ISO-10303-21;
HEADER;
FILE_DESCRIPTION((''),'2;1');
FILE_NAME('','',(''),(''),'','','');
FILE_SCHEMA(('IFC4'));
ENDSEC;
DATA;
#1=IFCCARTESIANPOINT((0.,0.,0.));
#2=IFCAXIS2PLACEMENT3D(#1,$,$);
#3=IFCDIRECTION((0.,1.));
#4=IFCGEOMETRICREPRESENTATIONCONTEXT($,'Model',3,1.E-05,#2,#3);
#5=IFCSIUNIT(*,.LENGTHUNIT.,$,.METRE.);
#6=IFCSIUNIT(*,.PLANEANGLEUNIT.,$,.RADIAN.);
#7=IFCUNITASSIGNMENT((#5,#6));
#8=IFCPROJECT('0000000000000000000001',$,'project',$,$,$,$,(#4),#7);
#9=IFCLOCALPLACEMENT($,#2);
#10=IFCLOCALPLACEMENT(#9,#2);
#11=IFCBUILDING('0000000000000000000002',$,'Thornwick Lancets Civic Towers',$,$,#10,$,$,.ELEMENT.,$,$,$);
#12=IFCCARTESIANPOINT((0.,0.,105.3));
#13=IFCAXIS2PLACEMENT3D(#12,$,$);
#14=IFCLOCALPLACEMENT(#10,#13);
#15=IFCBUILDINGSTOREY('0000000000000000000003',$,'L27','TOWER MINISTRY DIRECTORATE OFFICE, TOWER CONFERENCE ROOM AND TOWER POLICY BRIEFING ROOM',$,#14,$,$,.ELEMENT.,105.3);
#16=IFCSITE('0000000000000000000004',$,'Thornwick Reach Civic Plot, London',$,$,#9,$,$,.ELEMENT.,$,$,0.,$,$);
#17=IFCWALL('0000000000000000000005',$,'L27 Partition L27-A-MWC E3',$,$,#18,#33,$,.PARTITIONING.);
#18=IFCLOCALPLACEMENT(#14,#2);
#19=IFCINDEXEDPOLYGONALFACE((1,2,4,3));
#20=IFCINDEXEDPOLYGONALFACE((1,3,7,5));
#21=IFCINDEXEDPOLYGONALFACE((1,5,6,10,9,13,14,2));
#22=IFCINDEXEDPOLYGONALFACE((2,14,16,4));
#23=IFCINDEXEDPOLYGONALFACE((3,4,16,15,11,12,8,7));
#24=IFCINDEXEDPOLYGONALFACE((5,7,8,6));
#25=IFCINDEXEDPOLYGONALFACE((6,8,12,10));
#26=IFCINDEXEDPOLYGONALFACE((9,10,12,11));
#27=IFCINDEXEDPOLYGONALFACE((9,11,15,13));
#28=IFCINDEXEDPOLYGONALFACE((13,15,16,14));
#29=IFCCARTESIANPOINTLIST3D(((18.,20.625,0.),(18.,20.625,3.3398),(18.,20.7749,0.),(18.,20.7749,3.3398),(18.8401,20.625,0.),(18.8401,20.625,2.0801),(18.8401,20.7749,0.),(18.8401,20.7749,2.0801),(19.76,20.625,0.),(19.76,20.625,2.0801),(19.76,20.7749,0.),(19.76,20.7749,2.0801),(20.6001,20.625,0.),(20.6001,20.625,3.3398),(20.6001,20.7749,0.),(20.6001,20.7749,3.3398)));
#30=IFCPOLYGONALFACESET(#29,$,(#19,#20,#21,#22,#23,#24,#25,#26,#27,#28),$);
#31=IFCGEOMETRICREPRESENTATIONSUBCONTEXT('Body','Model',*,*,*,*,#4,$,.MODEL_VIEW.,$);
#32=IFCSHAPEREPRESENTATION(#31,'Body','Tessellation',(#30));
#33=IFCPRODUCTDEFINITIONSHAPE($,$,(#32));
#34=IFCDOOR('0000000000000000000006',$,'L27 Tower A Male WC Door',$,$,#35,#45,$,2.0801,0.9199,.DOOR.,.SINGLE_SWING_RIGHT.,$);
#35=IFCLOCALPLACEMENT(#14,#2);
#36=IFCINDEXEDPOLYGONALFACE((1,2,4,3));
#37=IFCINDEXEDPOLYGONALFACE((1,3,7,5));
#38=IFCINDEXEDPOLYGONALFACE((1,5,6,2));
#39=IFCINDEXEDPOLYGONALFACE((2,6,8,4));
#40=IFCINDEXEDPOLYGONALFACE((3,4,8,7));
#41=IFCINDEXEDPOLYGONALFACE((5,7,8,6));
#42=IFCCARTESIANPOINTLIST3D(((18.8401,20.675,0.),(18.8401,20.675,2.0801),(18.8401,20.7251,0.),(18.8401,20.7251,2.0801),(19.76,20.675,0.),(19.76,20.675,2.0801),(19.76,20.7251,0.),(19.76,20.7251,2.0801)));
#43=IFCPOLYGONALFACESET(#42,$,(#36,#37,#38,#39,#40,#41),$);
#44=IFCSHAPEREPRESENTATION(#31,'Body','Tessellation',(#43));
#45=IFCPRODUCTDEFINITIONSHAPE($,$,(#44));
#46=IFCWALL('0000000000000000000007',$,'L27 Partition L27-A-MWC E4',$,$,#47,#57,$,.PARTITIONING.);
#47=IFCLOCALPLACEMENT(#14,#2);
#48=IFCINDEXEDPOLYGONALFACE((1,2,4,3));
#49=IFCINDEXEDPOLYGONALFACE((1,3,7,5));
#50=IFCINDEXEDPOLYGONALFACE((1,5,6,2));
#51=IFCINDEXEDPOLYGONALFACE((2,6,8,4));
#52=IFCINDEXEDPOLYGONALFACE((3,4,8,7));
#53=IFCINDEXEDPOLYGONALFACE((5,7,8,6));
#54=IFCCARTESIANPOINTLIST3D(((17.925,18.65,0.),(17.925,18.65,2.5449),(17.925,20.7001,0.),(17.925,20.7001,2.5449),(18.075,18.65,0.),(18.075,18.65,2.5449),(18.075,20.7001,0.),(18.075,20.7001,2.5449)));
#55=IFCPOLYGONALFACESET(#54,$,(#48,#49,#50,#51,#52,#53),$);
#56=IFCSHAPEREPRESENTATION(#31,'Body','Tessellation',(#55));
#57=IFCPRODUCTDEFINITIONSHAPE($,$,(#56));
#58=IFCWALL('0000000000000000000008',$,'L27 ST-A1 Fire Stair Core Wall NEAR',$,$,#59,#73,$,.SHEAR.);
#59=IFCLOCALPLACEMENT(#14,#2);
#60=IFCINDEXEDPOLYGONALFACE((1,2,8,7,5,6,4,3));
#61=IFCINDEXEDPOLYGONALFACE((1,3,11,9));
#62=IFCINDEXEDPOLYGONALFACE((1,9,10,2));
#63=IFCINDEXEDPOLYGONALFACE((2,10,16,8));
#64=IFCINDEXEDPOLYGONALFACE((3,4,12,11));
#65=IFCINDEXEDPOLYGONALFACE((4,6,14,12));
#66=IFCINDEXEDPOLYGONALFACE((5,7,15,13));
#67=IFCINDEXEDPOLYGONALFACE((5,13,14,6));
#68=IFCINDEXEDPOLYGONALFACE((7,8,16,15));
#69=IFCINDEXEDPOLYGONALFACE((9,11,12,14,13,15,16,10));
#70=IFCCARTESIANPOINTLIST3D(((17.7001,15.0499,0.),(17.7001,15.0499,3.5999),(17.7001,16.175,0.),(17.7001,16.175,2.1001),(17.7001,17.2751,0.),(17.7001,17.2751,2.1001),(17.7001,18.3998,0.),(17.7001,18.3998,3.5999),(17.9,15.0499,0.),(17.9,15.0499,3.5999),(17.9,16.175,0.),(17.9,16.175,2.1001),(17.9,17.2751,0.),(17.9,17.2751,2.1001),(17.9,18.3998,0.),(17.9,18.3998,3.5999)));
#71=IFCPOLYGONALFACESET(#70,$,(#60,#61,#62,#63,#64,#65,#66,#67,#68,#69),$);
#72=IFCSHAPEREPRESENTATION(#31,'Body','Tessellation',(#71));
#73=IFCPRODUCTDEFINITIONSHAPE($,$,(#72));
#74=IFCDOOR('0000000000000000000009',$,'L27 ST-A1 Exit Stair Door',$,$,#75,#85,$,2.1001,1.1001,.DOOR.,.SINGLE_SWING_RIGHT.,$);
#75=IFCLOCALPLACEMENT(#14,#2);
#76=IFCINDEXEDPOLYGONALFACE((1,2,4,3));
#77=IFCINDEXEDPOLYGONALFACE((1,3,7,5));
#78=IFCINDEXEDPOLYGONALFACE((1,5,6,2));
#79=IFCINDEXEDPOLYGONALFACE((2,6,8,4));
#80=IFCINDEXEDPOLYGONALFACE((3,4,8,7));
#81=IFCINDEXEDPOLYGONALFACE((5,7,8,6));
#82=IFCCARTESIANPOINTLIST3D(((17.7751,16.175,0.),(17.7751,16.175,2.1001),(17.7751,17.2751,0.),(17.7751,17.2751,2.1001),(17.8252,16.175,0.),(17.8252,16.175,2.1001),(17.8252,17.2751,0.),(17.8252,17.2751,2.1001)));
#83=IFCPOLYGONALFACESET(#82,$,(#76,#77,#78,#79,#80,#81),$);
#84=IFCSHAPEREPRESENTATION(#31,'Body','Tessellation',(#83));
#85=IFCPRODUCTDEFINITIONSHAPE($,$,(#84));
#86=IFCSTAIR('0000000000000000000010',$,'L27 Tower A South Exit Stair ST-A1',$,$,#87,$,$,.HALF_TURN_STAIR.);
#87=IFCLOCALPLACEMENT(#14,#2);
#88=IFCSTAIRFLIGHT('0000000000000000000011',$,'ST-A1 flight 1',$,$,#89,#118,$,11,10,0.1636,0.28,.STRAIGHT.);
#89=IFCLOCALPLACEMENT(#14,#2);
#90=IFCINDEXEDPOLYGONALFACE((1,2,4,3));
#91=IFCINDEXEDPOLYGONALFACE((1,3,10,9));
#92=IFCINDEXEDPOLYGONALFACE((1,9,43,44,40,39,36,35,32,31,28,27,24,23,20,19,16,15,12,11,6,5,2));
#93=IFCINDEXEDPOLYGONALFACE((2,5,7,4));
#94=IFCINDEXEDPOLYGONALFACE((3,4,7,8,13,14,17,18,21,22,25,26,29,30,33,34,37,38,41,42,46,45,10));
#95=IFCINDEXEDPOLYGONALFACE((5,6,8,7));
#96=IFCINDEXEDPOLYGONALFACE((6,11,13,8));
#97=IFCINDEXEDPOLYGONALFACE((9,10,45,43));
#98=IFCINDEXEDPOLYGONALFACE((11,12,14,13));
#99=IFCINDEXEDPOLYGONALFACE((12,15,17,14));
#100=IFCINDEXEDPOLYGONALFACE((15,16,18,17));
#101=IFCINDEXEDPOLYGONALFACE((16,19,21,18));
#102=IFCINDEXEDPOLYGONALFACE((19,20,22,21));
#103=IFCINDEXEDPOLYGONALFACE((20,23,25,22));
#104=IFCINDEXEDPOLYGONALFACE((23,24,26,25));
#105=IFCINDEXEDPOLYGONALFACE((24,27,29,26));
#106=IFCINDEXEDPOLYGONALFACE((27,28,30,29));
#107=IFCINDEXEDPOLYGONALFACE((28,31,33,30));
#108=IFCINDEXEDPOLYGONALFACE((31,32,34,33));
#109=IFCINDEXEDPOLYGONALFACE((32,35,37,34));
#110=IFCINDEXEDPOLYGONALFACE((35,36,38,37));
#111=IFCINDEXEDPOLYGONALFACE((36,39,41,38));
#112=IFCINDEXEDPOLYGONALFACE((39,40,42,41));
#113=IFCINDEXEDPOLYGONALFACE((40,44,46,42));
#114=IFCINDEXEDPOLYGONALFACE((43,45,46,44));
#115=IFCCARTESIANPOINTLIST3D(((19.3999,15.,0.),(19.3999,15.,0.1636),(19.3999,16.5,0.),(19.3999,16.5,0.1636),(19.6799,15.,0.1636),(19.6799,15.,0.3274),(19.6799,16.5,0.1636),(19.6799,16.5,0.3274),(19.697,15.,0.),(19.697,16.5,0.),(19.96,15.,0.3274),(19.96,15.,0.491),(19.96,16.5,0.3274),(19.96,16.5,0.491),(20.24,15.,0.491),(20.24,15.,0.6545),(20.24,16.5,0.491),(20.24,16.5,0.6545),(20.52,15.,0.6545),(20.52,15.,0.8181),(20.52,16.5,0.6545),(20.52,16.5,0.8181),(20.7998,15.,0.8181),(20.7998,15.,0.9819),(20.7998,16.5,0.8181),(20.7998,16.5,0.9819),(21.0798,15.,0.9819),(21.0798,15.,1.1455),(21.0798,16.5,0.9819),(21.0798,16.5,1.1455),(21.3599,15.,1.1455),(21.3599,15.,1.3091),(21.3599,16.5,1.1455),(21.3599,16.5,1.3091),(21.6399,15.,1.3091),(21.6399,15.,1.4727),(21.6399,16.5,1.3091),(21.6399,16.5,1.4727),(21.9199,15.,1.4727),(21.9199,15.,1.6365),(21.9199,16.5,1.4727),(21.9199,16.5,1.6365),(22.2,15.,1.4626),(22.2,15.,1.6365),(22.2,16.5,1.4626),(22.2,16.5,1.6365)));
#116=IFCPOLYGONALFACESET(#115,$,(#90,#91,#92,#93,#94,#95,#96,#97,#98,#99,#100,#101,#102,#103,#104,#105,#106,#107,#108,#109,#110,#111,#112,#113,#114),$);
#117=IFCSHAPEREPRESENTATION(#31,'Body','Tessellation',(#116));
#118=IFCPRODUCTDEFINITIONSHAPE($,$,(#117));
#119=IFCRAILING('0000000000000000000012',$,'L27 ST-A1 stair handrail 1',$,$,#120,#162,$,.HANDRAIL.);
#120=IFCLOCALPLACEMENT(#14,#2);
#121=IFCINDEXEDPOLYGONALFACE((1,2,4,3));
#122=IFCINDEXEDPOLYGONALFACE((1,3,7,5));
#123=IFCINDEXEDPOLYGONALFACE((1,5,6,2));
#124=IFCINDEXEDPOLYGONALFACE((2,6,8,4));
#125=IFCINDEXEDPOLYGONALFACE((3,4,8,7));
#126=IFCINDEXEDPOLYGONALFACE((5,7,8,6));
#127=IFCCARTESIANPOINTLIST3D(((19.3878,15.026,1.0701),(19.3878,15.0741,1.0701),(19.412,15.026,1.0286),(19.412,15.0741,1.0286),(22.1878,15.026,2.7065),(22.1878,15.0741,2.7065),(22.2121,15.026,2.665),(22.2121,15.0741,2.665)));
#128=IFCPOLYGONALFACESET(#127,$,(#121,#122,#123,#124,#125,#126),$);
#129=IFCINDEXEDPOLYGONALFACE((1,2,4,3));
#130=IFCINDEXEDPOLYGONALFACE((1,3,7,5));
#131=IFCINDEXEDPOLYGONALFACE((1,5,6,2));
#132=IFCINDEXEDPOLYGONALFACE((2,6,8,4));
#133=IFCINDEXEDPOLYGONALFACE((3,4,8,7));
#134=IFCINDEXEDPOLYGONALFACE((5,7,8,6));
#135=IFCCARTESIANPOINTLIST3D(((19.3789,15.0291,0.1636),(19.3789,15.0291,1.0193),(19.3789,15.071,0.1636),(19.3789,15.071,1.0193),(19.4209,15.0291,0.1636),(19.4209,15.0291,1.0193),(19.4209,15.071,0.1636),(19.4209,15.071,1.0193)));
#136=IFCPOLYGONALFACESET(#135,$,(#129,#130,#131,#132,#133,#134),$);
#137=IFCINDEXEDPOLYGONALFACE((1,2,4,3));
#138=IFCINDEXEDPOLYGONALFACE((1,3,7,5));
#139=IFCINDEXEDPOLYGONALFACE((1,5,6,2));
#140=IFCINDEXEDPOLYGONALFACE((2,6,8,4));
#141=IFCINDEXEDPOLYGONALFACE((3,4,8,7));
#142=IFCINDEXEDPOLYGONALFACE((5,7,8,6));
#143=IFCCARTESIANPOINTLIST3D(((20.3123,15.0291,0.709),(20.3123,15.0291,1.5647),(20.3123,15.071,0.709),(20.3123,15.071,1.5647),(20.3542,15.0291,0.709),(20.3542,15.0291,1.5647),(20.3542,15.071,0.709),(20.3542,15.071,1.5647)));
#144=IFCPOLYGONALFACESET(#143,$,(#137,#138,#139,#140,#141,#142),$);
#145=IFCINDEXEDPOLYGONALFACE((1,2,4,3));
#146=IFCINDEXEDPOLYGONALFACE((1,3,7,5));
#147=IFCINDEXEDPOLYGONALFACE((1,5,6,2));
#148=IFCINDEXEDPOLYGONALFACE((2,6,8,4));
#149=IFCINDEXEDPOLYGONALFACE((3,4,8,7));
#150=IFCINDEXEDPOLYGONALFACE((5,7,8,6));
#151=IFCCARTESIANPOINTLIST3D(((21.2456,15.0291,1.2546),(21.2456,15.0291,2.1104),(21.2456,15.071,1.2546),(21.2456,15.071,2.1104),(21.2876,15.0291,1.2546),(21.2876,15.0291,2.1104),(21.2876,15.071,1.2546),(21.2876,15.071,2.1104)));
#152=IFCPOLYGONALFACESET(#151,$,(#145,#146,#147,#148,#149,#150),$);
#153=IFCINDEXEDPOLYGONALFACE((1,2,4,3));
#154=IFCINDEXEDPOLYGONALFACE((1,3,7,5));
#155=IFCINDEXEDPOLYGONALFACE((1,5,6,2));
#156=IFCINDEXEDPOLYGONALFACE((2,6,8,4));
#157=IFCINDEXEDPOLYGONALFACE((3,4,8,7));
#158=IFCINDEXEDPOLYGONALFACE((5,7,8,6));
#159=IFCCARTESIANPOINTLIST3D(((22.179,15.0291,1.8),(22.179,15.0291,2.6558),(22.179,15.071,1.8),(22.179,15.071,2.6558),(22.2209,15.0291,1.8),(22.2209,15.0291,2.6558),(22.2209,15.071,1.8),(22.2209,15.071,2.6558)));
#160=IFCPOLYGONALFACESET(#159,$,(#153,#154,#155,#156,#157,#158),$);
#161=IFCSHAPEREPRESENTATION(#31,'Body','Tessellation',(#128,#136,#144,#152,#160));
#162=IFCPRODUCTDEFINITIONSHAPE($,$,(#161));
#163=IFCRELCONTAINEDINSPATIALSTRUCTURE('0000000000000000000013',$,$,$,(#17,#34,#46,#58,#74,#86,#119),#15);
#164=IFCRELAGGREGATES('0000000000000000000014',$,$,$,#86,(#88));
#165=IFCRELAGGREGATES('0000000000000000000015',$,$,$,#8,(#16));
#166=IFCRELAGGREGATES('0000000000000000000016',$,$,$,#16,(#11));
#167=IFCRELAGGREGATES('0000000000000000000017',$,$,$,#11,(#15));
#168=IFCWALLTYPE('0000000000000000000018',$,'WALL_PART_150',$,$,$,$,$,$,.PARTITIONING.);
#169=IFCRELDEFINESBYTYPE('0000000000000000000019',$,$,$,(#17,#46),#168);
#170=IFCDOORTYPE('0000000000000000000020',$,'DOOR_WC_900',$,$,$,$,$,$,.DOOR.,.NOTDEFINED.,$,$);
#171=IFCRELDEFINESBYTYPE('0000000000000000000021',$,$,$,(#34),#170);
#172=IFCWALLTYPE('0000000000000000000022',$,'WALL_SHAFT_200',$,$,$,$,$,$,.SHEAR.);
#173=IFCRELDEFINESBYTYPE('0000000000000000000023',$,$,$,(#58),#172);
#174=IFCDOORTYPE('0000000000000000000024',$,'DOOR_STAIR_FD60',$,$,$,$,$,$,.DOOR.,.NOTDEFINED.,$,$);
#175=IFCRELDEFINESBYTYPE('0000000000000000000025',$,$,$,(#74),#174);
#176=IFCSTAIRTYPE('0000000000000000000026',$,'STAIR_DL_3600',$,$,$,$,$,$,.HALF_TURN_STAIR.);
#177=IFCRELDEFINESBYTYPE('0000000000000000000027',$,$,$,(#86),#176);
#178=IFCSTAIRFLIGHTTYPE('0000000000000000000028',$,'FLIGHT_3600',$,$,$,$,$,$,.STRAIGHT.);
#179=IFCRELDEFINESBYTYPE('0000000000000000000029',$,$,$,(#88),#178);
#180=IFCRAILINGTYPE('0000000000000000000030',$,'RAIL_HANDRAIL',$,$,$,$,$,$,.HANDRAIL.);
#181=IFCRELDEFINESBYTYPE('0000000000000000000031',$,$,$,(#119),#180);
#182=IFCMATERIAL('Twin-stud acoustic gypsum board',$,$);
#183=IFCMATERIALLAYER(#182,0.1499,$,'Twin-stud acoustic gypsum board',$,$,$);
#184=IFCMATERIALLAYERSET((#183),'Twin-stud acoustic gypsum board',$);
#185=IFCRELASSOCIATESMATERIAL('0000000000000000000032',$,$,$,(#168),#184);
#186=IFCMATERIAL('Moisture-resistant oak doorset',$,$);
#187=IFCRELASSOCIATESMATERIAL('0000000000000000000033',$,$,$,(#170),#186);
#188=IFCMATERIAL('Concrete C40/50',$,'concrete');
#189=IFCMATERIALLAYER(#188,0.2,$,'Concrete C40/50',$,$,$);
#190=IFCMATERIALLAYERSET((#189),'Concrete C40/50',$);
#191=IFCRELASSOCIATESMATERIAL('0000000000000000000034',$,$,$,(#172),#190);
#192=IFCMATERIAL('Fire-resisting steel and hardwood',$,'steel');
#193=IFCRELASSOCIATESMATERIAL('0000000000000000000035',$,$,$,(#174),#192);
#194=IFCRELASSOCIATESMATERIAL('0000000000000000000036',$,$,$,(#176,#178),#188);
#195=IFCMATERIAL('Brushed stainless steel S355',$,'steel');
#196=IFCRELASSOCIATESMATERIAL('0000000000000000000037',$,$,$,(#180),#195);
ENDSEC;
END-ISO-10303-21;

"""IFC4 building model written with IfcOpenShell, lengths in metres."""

from ifc_helpers import new_model, si_unit, direction, frame, frame_2d, origin, origin_2d, place, context, subcontext, project, spatial, polyline, rectangle, outline, extrude, material, layer, layer_set, type_object, element, fill, aggregate, save


model = new_model("IFC4")

# Units and contexts
model_context = context("Model", 3, precision=1e-05, world=origin(), true_north=direction((0.0, 1.0)))
body_context = subcontext(model_context, "Body", "Model", "MODEL_VIEW")
ifc_project = project(units=[si_unit("LENGTHUNIT", "METRE"), si_unit("PLANEANGLEUNIT", "RADIAN")], contexts=[model_context])

# Site, building, storey
site_placement = place(None, origin())
site = spatial("IfcSite", under=ifc_project, at=site_placement, Name="Thornwick Reach Civic Plot, London", CompositionType="ELEMENT", RefElevation=0.0)
building_placement = place(site_placement, origin())
building = spatial("IfcBuilding", under=site, at=building_placement, Name="Thornwick Lancets Civic Towers", CompositionType="ELEMENT")
storey_placement = place(building_placement, frame((0.0, 0.0, 105.3)))
storey = spatial("IfcBuildingStorey", under=building, at=storey_placement, Name="L27", Description="TOWER MINISTRY DIRECTORATE OFFICE, TOWER CONFERENCE ROOM AND TOWER POLICY BRIEFING ROOM", CompositionType="ELEMENT", Elevation=105.3)

# Shared definitions
ifc_material_1 = material(Name="Twin-stud acoustic gypsum board")
ifc_layer_1 = layer(ifc_material_1, 0.1499, Name="Twin-stud acoustic gypsum board")
ifc_layer_set_1 = layer_set([ifc_layer_1], Name="Twin-stud acoustic gypsum board")
wall_type_1 = type_object("IfcWallType", Name="WALL_PART_150", PredefinedType="PARTITIONING", material=ifc_layer_set_1)

# Wall, opening, door
wall_1_placement = place(storey_placement, frame((20.6001, 20.7, 0.0), z_axis=(0.0, 0.0, 1.0), x_axis=(-1.0, 0.0, 0.0)))
wall_1 = element("IfcWall", 1, at=wall_1_placement, inside=storey, type_object=wall_type_1, Name="L27 Partition L27-A-MWC E3", PredefinedType="PARTITIONING", context=body_context, shape_type="SweptSolid", body=[
    extrude(rectangle(XDim=2.6001, YDim=0.1499, at=frame_2d((1.3, 0.0))), origin(), (0.0, 0.0, 1.0), 3.3398),
])
opening_1_placement = place(wall_1_placement, frame((0.8401, 0.0, 0.0)))
opening_1 = element("IfcOpeningElement", 2, at=opening_1_placement, cuts=wall_1, PredefinedType="OPENING", context=body_context, shape_type="SweptSolid", body=[
    extrude(rectangle(XDim=0.9199, YDim=2.0801, at=frame_2d((0.46, 1.04))), frame((0.0, 0.085, 0.0), z_axis=(0.0, -1.0, 0.0), x_axis=(1.0, 0.0, 0.0)), (0.0, 0.0, 1.0), 0.1699),
])
ifc_material_2 = material(Name="Moisture-resistant oak doorset")
door_type_1 = type_object("IfcDoorType", Name="DOOR_WC_900", OperationType="NOTDEFINED", PredefinedType="DOOR", material=ifc_material_2)
door_1_placement = place(opening_1_placement, origin())
door_1 = element("IfcDoor", 3, at=door_1_placement, inside=storey, type_object=door_type_1, Name="L27 Tower A Male WC Door", OperationType="SINGLE_SWING_RIGHT", OverallHeight=2.0801, OverallWidth=0.9199, PredefinedType="DOOR", context=body_context, shape_type="SweptSolid", body=[
    extrude(rectangle(XDim=0.9199, YDim=2.0801, at=frame_2d((0.46, 1.04))), frame((0.0, 0.0249, 0.0), z_axis=(0.0, -1.0, 0.0), x_axis=(1.0, 0.0, 0.0)), (0.0, 0.0, 1.0), 0.05),
])
fill(opening_1, door_1)

# Wall
wall_2_placement = place(storey_placement, frame((18.0, 20.7, 0.0), z_axis=(0.0, 0.0, 1.0), x_axis=(0.0, -1.0, 0.0)))
element("IfcWall", 4, at=wall_2_placement, inside=storey, type_object=wall_type_1, Name="L27 Partition L27-A-MWC E4", PredefinedType="PARTITIONING", context=body_context, shape_type="SweptSolid", body=[
    extrude(rectangle(XDim=2.05, YDim=0.1499, at=frame_2d((1.0249, 0.0))), origin(), (0.0, 0.0, 1.0), 2.5449),
])

# Wall, opening, door
ifc_material_3 = material(Name="Concrete C40/50", Category="concrete")
ifc_layer_2 = layer(ifc_material_3, 0.2, Name="Concrete C40/50")
ifc_layer_set_2 = layer_set([ifc_layer_2], Name="Concrete C40/50")
wall_type_2 = type_object("IfcWallType", Name="WALL_SHAFT_200", PredefinedType="SHEAR", material=ifc_layer_set_2)
wall_3_placement = place(storey_placement, frame((17.8, 15.05, 0.0), z_axis=(0.0, 0.0, 1.0), x_axis=(0.0, 1.0, 0.0)))
wall_3 = element("IfcWall", 5, at=wall_3_placement, inside=storey, type_object=wall_type_2, Name="L27 ST-A1 Fire Stair Core Wall NEAR", PredefinedType="SHEAR", context=body_context, shape_type="SweptSolid", body=[
    extrude(rectangle(XDim=3.3499, YDim=0.2, at=frame_2d((1.6748, 0.0))), origin(), (0.0, 0.0, 1.0), 3.5999),
])
opening_2_placement = place(wall_3_placement, frame((1.125, 0.0, 0.0)))
opening_2 = element("IfcOpeningElement", 6, at=opening_2_placement, cuts=wall_3, PredefinedType="OPENING", context=body_context, shape_type="SweptSolid", body=[
    extrude(rectangle(XDim=1.1001, YDim=2.1001, at=frame_2d((0.55, 1.05))), frame((0.0, 0.1099, 0.0), z_axis=(0.0, -1.0, 0.0), x_axis=(1.0, 0.0, 0.0)), (0.0, 0.0, 1.0), 0.22),
])
ifc_material_4 = material(Name="Fire-resisting steel and hardwood", Category="steel")
door_type_2 = type_object("IfcDoorType", Name="DOOR_STAIR_FD60", OperationType="NOTDEFINED", PredefinedType="DOOR", material=ifc_material_4)
door_2_placement = place(opening_2_placement, origin())
door_2 = element("IfcDoor", 7, at=door_2_placement, inside=storey, type_object=door_type_2, Name="L27 ST-A1 Exit Stair Door", OperationType="SINGLE_SWING_RIGHT", OverallHeight=2.1001, OverallWidth=1.1001, PredefinedType="DOOR", context=body_context, shape_type="SweptSolid", body=[
    extrude(rectangle(XDim=1.1001, YDim=2.1001, at=frame_2d((0.55, 1.05))), frame((0.0, 0.0249, 0.0), z_axis=(0.0, -1.0, 0.0), x_axis=(1.0, 0.0, 0.0)), (0.0, 0.0, 1.0), 0.05),
])
fill(opening_2, door_2)

# Stair, stair flight
stair_type = type_object("IfcStairType", Name="STAIR_DL_3600", PredefinedType="HALF_TURN_STAIR", material=ifc_material_3)
stair_placement = place(storey_placement, origin())
stair = element("IfcStair", 8, at=stair_placement, inside=storey, type_object=stair_type, Name="L27 Tower A South Exit Stair ST-A1", PredefinedType="HALF_TURN_STAIR")
stair_flight_type = type_object("IfcStairFlightType", Name="FLIGHT_3600", PredefinedType="STRAIGHT", material=ifc_material_3)
stair_flight_placement = place(storey_placement, frame((19.3999, 15.75, 0.0), z_axis=(0.0, 0.0, 1.0), x_axis=(1.0, 0.0, 0.0)))
stair_flight = element("IfcStairFlight", 9, at=stair_flight_placement, type_object=stair_flight_type, Name="ST-A1 flight 1", NumberOfRisers=11, NumberOfTreads=10, PredefinedType="STRAIGHT", RiserHeight=0.1636, TreadLength=0.28, context=body_context, shape_type="SweptSolid", body=[
    extrude(outline(polyline([(0.0, 0.0), (0.0, 0.1636), (0.28, 0.1636), (0.28, 0.3274), (0.5601, 0.3274), (0.5601, 0.491), (0.8401, 0.491), (0.8401, 0.6545), (1.1201, 0.6545), (1.1201, 0.8181), (1.3999, 0.8181), (1.3999, 0.9819), (1.6799, 0.9819), (1.6799, 1.1455), (1.96, 1.1455), (1.96, 1.3091), (2.24, 1.3091), (2.24, 1.4727), (2.52, 1.4727), (2.52, 1.6365), (2.8, 1.6365), (2.8, 1.8), (2.8, 1.4626), (0.2971, 0.0), (0.0, 0.0)])), frame((0.0, 0.75, 0.0), z_axis=(0.0, -1.0, 0.0), x_axis=(1.0, 0.0, 0.0)), (0.0, 0.0, 1.0), 1.5),
])
aggregate(stair, [stair_flight])

# Railing
ifc_material_5 = material(Name="Brushed stainless steel S355", Category="steel")
railing_type_1 = type_object("IfcRailingType", Name="RAIL_HANDRAIL", PredefinedType="HANDRAIL", material=ifc_material_5)
railing_1_placement = place(storey_placement, frame((19.3999, 15.05, 0.1636)))
element("IfcRailing", 10, at=railing_1_placement, inside=storey, type_object=railing_type_1, Name="L27 ST-A1 stair handrail 1", PredefinedType="HANDRAIL", context=body_context, shape_type="SweptSolid", body=[
    extrude(rectangle(XDim=0.0481, YDim=0.0481, at=origin_2d()), frame((0.0, 0.0, 0.8857), z_axis=(0.863361, 0.0, 0.504587), x_axis=(0.0, 1.0, 0.0)), (0.0, 0.0, 1.0), 3.2432),
    extrude(rectangle(XDim=0.042, YDim=0.042, at=origin_2d()), origin(), (0.0, 0.0, 1.0), 0.8557),
    extrude(rectangle(XDim=0.042, YDim=0.042, at=origin_2d()), frame((0.9333, 0.0, 0.5454)), (0.0, 0.0, 1.0), 0.8557),
    extrude(rectangle(XDim=0.042, YDim=0.042, at=origin_2d()), frame((1.8667, 0.0, 1.0911)), (0.0, 0.0, 1.0), 0.8557),
    extrude(rectangle(XDim=0.042, YDim=0.042, at=origin_2d()), frame((2.8, 0.0, 1.6365)), (0.0, 0.0, 1.0), 0.8557),
])

save(model, "model.ifc")
